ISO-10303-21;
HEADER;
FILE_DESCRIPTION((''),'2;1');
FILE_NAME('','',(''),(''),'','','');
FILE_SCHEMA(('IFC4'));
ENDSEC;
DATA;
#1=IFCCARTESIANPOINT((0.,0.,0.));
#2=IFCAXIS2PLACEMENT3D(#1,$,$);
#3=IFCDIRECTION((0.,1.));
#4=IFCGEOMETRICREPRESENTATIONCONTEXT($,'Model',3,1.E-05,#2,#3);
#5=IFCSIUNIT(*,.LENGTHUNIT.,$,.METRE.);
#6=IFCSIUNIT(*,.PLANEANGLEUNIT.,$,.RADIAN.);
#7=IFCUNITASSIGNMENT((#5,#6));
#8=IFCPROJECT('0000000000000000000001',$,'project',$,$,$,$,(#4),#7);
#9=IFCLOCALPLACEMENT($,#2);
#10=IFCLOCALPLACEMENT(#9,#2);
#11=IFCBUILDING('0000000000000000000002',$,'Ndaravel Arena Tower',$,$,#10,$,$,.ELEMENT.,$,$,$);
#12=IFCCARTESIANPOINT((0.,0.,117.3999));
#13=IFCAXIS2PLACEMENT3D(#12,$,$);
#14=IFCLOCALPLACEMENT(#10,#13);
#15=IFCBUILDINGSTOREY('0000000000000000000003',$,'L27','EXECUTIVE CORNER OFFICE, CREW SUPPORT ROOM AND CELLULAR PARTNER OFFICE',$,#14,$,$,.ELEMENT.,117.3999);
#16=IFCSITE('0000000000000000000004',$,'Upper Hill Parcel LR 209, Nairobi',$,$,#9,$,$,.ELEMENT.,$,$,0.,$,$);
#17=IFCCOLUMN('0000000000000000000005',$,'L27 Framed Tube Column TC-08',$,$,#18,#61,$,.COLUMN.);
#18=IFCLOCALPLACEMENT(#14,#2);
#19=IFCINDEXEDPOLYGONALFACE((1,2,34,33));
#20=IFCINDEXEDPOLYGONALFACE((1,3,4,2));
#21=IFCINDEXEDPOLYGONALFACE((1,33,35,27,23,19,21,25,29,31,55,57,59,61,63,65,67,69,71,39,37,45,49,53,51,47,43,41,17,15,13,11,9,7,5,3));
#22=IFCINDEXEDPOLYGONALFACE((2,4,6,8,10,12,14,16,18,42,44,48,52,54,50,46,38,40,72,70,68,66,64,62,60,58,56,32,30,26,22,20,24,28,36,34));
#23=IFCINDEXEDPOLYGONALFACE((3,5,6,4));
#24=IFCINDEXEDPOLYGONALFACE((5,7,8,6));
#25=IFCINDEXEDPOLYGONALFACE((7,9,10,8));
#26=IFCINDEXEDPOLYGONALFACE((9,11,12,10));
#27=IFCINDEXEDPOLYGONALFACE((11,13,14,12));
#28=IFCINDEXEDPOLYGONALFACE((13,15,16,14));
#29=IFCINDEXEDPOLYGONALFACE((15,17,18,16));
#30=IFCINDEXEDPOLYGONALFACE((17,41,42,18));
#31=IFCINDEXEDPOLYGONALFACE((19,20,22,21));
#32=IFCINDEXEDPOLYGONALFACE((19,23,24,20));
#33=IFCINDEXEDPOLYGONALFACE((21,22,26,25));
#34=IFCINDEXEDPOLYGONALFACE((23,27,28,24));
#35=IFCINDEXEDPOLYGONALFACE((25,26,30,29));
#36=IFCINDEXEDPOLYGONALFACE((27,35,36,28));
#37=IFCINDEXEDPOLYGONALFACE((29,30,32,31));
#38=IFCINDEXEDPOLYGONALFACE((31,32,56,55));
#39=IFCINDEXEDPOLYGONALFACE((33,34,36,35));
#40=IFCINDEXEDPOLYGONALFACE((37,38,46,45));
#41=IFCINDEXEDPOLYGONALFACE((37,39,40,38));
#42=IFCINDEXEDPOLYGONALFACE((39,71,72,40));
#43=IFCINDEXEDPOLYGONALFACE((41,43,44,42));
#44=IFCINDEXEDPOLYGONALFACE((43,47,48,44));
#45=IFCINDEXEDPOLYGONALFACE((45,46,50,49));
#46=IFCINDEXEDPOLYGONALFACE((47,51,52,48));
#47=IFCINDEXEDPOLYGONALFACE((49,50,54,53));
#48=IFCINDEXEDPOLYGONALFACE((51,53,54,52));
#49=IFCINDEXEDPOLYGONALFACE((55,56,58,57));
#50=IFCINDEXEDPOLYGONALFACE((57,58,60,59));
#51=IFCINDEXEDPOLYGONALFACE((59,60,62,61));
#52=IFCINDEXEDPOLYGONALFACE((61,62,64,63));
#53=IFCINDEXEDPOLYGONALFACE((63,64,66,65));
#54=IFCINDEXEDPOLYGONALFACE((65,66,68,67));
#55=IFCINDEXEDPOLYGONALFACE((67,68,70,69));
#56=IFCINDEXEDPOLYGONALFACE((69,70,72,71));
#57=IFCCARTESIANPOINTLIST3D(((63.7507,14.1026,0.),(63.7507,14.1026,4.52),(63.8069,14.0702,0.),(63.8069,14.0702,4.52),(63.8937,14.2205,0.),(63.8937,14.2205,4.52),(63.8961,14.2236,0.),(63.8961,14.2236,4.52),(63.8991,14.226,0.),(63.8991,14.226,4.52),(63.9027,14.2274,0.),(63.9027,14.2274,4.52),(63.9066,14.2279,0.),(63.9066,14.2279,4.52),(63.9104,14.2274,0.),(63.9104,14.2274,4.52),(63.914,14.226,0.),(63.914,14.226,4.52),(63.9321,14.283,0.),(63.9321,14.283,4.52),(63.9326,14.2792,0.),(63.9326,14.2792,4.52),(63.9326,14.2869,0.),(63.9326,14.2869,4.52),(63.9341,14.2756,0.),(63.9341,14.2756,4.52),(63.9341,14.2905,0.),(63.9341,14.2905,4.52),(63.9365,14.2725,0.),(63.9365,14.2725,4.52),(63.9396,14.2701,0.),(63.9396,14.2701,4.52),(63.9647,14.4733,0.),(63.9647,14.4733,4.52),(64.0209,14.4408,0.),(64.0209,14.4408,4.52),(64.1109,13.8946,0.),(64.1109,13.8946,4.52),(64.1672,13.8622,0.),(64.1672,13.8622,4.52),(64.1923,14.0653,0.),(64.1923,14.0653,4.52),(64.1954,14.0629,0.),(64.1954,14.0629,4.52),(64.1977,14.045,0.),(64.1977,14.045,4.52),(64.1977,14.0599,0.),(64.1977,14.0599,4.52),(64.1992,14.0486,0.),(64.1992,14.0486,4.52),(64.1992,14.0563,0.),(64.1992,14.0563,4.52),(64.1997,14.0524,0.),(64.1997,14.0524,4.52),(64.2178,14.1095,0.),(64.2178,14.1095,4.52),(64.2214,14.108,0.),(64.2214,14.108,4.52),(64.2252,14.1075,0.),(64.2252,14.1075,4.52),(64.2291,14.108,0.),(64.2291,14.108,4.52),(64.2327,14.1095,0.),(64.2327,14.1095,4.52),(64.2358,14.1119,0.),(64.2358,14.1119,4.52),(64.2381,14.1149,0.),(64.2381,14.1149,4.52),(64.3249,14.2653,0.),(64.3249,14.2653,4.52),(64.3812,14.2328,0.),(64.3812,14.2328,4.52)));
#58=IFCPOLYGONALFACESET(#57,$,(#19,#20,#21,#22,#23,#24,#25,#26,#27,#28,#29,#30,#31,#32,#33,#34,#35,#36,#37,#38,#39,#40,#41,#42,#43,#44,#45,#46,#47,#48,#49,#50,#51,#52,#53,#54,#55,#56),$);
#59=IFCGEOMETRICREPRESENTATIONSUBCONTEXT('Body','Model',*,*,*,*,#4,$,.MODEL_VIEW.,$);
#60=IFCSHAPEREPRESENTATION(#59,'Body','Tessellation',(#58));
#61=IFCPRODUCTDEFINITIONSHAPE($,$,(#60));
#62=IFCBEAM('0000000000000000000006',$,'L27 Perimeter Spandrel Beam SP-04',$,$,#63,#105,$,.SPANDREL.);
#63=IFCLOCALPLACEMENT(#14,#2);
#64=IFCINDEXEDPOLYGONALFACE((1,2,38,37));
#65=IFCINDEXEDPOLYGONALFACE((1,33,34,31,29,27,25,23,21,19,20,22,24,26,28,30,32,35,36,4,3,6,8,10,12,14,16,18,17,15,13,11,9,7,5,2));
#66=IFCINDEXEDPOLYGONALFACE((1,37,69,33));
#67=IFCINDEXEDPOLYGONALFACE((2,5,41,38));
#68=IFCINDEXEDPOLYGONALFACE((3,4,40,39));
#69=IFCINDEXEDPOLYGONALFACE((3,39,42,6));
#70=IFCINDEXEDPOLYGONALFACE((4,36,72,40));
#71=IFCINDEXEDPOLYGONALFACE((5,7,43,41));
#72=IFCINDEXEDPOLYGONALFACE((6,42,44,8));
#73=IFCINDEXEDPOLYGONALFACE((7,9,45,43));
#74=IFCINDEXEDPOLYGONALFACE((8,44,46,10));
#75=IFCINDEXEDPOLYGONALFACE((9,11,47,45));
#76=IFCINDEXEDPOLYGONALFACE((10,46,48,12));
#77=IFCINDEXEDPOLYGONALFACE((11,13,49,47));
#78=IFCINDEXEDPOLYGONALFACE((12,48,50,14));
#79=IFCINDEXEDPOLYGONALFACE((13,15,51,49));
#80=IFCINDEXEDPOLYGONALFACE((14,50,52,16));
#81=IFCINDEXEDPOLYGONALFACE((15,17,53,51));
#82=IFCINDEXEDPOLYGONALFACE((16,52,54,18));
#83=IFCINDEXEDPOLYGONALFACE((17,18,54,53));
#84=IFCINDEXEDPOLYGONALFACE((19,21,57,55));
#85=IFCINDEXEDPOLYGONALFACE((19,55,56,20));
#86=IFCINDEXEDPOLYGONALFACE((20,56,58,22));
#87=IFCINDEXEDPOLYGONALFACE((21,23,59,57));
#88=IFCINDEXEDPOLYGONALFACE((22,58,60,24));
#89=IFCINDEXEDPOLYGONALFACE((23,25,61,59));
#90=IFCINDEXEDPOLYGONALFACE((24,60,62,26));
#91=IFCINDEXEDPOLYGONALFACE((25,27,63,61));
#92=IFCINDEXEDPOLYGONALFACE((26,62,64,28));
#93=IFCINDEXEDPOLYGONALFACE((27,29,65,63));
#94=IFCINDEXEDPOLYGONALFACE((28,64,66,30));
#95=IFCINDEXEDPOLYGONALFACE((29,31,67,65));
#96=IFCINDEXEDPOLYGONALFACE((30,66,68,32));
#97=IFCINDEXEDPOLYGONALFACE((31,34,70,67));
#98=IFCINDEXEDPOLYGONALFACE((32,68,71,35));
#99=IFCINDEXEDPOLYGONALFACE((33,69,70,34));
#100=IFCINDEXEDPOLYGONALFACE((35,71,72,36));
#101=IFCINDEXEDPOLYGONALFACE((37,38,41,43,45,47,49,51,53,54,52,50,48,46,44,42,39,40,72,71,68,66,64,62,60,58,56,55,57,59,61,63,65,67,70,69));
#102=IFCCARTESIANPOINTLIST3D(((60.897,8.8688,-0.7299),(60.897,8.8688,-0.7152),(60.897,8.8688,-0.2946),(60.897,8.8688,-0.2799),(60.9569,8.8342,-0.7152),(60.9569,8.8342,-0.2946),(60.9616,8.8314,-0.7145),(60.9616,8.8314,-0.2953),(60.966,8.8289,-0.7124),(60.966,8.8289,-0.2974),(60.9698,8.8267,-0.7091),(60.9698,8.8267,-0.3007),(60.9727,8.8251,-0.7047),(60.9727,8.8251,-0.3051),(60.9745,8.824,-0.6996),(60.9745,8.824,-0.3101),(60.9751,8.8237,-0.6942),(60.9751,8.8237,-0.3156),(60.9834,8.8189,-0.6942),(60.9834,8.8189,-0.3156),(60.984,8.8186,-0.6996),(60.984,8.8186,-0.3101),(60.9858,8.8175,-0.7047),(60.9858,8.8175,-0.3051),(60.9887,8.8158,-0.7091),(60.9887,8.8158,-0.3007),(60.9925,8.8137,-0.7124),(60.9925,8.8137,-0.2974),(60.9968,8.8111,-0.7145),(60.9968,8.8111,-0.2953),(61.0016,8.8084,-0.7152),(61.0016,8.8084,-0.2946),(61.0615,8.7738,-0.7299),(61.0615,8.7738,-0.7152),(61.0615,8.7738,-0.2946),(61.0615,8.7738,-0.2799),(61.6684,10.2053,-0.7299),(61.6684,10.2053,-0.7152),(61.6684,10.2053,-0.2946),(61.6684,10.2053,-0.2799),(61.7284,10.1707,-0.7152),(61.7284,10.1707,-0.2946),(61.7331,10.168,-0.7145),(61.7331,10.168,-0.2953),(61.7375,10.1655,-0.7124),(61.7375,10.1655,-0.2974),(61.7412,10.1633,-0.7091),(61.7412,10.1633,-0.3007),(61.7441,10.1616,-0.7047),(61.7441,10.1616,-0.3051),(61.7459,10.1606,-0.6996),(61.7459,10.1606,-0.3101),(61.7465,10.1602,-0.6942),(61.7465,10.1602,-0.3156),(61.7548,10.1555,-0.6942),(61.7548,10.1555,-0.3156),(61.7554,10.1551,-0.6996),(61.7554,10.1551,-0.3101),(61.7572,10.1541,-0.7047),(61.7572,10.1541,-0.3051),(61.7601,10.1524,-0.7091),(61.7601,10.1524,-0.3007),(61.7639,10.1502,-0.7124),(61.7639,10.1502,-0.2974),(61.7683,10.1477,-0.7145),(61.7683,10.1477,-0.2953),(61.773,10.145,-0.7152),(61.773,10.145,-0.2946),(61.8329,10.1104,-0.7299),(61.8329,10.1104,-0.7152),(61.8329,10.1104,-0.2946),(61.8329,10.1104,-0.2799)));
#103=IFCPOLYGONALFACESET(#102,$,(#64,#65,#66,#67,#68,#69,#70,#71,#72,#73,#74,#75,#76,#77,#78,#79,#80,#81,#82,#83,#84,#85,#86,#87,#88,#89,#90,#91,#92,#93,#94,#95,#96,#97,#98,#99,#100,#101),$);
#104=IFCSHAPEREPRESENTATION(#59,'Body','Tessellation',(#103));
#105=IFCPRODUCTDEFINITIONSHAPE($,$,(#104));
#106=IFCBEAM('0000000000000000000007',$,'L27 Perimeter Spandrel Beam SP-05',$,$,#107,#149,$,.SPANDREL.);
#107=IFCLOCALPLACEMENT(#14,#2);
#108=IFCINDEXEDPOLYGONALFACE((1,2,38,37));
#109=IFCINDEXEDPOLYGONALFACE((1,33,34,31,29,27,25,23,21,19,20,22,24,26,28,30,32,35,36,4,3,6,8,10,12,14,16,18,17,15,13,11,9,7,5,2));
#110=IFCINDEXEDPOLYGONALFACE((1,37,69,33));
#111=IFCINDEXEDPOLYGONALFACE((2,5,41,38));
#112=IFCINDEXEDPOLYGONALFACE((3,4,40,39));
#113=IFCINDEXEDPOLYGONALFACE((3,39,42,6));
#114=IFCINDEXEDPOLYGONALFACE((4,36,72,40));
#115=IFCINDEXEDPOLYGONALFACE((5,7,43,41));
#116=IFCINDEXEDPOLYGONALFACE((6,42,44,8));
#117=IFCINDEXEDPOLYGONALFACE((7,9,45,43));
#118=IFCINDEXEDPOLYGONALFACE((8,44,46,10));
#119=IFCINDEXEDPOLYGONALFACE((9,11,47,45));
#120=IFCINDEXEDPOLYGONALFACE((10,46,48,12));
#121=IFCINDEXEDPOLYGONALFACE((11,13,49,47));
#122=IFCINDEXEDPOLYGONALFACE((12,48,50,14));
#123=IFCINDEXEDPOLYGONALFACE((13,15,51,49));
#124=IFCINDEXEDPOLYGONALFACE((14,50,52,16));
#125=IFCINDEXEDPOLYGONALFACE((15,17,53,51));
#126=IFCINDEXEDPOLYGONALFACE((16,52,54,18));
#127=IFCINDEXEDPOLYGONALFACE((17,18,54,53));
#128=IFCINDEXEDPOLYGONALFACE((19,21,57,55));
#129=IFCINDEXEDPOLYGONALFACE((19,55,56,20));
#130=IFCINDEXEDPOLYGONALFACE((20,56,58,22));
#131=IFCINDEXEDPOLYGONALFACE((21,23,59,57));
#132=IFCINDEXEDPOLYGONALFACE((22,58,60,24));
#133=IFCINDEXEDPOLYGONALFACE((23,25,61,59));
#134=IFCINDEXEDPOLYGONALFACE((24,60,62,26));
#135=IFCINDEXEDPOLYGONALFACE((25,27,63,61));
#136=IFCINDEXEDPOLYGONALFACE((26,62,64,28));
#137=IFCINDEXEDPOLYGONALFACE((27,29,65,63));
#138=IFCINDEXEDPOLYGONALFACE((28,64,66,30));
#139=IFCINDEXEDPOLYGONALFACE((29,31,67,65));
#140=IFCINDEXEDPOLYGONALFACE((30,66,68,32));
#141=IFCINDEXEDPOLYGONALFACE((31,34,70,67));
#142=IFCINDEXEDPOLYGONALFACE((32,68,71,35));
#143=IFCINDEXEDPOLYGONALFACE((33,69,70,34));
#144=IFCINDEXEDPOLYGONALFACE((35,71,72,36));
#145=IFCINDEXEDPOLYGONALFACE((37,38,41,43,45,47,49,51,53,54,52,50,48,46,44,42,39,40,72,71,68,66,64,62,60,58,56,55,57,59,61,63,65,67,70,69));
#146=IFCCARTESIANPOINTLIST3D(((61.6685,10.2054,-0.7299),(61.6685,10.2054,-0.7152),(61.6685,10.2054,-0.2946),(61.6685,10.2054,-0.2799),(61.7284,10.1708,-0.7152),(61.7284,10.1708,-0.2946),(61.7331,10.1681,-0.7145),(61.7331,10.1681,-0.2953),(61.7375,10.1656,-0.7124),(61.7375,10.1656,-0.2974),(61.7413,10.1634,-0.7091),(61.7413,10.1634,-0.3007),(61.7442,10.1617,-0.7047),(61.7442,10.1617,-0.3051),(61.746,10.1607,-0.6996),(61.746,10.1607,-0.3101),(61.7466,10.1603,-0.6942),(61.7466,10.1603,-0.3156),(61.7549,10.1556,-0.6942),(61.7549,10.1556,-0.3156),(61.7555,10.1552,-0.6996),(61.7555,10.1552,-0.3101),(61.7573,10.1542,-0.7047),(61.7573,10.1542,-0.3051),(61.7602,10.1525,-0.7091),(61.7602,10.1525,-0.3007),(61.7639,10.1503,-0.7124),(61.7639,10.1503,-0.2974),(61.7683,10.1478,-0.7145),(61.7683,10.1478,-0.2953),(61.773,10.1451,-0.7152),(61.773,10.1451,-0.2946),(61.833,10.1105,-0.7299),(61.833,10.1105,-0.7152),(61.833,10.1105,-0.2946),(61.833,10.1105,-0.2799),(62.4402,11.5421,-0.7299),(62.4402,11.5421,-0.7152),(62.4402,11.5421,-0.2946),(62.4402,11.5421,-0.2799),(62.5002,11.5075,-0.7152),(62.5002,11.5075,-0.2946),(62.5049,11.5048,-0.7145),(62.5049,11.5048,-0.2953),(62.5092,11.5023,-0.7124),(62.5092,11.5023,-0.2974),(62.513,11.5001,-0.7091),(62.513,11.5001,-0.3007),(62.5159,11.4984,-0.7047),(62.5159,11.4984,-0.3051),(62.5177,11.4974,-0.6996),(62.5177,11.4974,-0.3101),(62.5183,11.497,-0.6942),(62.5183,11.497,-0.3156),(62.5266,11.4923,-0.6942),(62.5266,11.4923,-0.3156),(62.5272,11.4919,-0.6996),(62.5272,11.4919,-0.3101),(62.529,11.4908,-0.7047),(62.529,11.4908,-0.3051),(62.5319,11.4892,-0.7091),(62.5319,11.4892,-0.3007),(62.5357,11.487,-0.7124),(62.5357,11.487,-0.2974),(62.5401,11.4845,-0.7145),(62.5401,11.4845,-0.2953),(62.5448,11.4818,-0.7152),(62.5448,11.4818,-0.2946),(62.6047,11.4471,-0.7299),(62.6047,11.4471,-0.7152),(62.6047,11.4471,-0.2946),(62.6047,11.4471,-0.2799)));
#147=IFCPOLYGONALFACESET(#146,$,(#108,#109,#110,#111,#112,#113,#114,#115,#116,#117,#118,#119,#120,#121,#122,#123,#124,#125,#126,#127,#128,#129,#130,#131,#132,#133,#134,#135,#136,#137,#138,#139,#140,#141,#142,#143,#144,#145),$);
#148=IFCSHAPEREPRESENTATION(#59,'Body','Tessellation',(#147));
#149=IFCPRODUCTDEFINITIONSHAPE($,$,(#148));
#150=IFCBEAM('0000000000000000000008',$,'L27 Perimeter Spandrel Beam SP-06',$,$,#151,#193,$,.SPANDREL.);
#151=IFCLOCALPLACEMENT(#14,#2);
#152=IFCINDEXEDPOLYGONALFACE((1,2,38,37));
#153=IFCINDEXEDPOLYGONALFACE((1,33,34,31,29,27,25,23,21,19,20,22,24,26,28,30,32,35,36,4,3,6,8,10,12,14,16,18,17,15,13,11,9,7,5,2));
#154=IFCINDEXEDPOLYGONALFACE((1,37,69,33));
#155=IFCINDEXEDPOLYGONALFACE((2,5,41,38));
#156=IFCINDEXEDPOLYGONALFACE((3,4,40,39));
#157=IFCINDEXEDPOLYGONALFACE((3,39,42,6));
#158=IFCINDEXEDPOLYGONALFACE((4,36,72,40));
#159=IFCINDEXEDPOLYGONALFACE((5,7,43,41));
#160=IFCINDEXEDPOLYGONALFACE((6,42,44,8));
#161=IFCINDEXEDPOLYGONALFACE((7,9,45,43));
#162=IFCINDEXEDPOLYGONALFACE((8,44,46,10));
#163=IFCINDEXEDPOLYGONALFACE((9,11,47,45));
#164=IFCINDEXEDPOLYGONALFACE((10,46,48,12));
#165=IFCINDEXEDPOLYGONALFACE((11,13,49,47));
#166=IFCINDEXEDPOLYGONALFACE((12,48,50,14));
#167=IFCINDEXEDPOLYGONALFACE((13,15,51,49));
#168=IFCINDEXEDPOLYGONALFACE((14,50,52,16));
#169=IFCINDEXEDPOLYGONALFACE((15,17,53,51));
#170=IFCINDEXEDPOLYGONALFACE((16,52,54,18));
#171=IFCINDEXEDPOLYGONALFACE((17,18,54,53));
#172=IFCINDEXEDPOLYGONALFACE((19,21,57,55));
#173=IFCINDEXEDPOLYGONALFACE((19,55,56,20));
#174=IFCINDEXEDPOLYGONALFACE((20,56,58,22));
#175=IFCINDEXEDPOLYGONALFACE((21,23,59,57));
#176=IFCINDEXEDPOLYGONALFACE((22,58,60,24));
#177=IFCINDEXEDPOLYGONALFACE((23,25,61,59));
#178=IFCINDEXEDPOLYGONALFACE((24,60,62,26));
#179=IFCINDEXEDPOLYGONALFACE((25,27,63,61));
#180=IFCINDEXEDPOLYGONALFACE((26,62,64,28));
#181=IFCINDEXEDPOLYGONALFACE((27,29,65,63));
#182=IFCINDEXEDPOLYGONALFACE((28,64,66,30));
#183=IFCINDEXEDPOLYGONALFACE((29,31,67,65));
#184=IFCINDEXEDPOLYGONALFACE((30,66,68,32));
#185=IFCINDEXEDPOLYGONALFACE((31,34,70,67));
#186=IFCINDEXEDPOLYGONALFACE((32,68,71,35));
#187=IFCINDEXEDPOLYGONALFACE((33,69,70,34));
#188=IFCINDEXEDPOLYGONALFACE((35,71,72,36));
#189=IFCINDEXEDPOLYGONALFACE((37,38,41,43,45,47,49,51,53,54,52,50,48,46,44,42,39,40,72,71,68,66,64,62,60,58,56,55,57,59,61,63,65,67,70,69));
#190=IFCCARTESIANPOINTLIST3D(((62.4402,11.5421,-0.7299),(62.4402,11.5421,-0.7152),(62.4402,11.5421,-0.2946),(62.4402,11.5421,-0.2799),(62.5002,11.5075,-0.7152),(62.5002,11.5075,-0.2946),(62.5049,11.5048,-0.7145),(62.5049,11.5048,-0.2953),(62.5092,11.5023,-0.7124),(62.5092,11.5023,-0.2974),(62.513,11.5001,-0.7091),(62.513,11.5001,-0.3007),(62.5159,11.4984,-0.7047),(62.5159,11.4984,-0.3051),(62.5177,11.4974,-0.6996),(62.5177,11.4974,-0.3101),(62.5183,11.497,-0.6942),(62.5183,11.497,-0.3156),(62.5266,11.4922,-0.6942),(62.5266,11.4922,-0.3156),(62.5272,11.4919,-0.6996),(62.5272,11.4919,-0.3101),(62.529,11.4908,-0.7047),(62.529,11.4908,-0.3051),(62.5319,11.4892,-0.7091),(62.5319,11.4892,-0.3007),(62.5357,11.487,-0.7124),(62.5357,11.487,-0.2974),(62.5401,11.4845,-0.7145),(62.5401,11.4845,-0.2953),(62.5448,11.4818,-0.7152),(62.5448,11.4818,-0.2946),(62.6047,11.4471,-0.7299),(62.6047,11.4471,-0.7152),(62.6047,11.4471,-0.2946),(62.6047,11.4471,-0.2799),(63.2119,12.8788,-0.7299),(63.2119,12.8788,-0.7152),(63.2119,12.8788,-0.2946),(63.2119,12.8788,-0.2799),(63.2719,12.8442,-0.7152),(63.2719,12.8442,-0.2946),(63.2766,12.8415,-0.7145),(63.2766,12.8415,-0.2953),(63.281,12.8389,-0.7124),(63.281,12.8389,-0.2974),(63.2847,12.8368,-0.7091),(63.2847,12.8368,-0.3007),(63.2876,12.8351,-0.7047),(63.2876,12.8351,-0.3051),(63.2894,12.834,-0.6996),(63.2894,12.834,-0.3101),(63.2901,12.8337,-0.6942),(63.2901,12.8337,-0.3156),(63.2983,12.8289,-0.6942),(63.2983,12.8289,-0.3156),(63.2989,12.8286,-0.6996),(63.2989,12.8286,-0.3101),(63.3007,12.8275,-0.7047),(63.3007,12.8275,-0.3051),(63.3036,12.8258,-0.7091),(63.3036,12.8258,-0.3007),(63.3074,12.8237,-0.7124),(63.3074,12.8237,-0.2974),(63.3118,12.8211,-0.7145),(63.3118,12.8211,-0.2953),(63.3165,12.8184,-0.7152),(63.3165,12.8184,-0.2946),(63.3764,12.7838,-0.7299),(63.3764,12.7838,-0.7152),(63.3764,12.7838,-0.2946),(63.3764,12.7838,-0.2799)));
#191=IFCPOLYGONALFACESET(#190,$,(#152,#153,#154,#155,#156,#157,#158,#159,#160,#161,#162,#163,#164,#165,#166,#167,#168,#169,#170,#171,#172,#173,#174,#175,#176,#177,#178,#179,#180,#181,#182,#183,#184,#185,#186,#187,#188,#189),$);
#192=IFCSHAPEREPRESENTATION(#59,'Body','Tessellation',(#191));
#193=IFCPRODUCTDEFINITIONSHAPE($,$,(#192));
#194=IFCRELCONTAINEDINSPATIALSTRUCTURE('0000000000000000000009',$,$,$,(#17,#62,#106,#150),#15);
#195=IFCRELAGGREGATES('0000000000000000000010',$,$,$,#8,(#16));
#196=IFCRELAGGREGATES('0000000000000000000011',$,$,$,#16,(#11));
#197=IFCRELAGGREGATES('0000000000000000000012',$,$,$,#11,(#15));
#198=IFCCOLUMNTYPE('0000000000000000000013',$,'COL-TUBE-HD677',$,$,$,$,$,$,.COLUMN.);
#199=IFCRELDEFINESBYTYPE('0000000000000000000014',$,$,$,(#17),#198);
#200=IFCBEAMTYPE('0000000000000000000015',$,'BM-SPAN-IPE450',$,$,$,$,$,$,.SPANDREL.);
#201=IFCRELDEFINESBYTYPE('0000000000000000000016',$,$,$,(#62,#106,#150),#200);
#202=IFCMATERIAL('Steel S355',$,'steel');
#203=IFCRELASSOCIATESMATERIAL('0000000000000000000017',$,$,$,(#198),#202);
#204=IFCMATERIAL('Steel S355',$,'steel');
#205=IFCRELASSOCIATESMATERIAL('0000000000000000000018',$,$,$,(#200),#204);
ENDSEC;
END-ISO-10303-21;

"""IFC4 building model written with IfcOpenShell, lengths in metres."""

from ifc_helpers import new_model, si_unit, direction, frame, origin, origin_2d, place, context, subcontext, project, spatial, i_section, extrude, material, material_profile, profile_set, type_object, element, save


model = new_model("IFC4")

# Units and contexts
model_context = context("Model", 3, precision=1e-05, world=origin(), true_north=direction((0.0, 1.0)))
body_context = subcontext(model_context, "Body", "Model", "MODEL_VIEW")
ifc_project = project(units=[si_unit("LENGTHUNIT", "METRE"), si_unit("PLANEANGLEUNIT", "RADIAN")], contexts=[model_context])

# Site, building, storey
site_placement = place(None, origin())
site = spatial("IfcSite", under=ifc_project, at=site_placement, Name="Upper Hill Parcel LR 209, Nairobi", CompositionType="ELEMENT", RefElevation=0.0)
building_placement = place(site_placement, origin())
building = spatial("IfcBuilding", under=site, at=building_placement, Name="Ndaravel Arena Tower", CompositionType="ELEMENT")
storey_placement = place(building_placement, frame((0.0, 0.0, 117.3999)))
storey = spatial("IfcBuildingStorey", under=building, at=storey_placement, Name="L27", Description="EXECUTIVE CORNER OFFICE, CREW SUPPORT ROOM AND CELLULAR PARTNER OFFICE", CompositionType="ELEMENT", Elevation=117.3999)

# Column
ifc_material_1 = material(Name="Steel S355", Category="steel")
ifc_material_profile_1 = material_profile(ifc_material_1, i_section(OverallWidth=0.428, OverallDepth=0.481, WebThickness=0.051, FlangeThickness=0.0649, FilletRadius=0.0149, at=origin_2d()), Name="HD 400x677")
ifc_profile_set_1 = profile_set([ifc_material_profile_1], Name="Steel S355")
column_type = type_object("IfcColumnType", Name="COL-TUBE-HD677", PredefinedType="COLUMN", material=ifc_profile_set_1)
for number, where, z_axis, x_axis, name in (
    (1, (64.0659, 14.1677, 0.0), (0.0, 0.0, 1.0), (0.5, 0.866025, 0.0), "L27 Framed Tube Column TC-08"),
):
    element("IfcColumn", number, at=place(storey_placement, frame(where, z_axis=z_axis, x_axis=x_axis)), inside=storey, type_object=column_type, Name=name, PredefinedType="COLUMN", context=body_context, shape_type="SweptSolid", body=[
        extrude(i_section(OverallWidth=0.428, OverallDepth=0.481, WebThickness=0.051, FlangeThickness=0.0649, FilletRadius=0.0149, at=origin_2d()), origin(), (0.0, 0.0, 1.0), 4.52),
    ])

# Beams
ifc_material_2 = material(Name="Steel S355", Category="steel")
ifc_material_profile_2 = material_profile(ifc_material_2, i_section(OverallWidth=0.1899, OverallDepth=0.45, WebThickness=0.0095, FlangeThickness=0.0146, FilletRadius=0.021, at=origin_2d()), Name="IPE 450")
ifc_profile_set_2 = profile_set([ifc_material_profile_2], Name="Steel S355")
beam_type_1 = type_object("IfcBeamType", Name="BM-SPAN-IPE450", PredefinedType="SPANDREL", material=ifc_profile_set_2)
beam_1_placement = place(storey_placement, frame((60.9792, 8.8213, -0.5049), z_axis=(0.499882, 0.866093, 0.0), x_axis=(-0.866093, 0.499882, 0.0)))
element("IfcBeam", 2, at=beam_1_placement, inside=storey, type_object=beam_type_1, Name="L27 Perimeter Spandrel Beam SP-04", PredefinedType="SPANDREL", context=body_context, shape_type="SweptSolid", body=[
    extrude(i_section(OverallWidth=0.1899, OverallDepth=0.45, WebThickness=0.0095, FlangeThickness=0.0146, FilletRadius=0.021, at=origin_2d()), origin(), (0.0, 0.0, 1.0), 1.5432),
])
for number, where, z_axis, x_axis, name in (
    (3, (61.7507, 10.158, -0.5049), (0.500001, 0.866025, 0.0), (-0.866025, 0.500001, 0.0), "L27 Perimeter Spandrel Beam SP-05"),
    (4, (62.5225, 11.4946, -0.5049), (0.500001, 0.866025, 0.0), (-0.866025, 0.500001, 0.0), "L27 Perimeter Spandrel Beam SP-06"),
):
    element("IfcBeam", number, at=place(storey_placement, frame(where, z_axis=z_axis, x_axis=x_axis)), inside=storey, type_object=beam_type_1, Name=name, PredefinedType="SPANDREL", context=body_context, shape_type="SweptSolid", body=[
        extrude(i_section(OverallWidth=0.1899, OverallDepth=0.45, WebThickness=0.0095, FlangeThickness=0.0146, FilletRadius=0.021, at=origin_2d()), origin(), (0.0, 0.0, 1.0), 1.5435),
    ])

save(model, "model.ifc")
